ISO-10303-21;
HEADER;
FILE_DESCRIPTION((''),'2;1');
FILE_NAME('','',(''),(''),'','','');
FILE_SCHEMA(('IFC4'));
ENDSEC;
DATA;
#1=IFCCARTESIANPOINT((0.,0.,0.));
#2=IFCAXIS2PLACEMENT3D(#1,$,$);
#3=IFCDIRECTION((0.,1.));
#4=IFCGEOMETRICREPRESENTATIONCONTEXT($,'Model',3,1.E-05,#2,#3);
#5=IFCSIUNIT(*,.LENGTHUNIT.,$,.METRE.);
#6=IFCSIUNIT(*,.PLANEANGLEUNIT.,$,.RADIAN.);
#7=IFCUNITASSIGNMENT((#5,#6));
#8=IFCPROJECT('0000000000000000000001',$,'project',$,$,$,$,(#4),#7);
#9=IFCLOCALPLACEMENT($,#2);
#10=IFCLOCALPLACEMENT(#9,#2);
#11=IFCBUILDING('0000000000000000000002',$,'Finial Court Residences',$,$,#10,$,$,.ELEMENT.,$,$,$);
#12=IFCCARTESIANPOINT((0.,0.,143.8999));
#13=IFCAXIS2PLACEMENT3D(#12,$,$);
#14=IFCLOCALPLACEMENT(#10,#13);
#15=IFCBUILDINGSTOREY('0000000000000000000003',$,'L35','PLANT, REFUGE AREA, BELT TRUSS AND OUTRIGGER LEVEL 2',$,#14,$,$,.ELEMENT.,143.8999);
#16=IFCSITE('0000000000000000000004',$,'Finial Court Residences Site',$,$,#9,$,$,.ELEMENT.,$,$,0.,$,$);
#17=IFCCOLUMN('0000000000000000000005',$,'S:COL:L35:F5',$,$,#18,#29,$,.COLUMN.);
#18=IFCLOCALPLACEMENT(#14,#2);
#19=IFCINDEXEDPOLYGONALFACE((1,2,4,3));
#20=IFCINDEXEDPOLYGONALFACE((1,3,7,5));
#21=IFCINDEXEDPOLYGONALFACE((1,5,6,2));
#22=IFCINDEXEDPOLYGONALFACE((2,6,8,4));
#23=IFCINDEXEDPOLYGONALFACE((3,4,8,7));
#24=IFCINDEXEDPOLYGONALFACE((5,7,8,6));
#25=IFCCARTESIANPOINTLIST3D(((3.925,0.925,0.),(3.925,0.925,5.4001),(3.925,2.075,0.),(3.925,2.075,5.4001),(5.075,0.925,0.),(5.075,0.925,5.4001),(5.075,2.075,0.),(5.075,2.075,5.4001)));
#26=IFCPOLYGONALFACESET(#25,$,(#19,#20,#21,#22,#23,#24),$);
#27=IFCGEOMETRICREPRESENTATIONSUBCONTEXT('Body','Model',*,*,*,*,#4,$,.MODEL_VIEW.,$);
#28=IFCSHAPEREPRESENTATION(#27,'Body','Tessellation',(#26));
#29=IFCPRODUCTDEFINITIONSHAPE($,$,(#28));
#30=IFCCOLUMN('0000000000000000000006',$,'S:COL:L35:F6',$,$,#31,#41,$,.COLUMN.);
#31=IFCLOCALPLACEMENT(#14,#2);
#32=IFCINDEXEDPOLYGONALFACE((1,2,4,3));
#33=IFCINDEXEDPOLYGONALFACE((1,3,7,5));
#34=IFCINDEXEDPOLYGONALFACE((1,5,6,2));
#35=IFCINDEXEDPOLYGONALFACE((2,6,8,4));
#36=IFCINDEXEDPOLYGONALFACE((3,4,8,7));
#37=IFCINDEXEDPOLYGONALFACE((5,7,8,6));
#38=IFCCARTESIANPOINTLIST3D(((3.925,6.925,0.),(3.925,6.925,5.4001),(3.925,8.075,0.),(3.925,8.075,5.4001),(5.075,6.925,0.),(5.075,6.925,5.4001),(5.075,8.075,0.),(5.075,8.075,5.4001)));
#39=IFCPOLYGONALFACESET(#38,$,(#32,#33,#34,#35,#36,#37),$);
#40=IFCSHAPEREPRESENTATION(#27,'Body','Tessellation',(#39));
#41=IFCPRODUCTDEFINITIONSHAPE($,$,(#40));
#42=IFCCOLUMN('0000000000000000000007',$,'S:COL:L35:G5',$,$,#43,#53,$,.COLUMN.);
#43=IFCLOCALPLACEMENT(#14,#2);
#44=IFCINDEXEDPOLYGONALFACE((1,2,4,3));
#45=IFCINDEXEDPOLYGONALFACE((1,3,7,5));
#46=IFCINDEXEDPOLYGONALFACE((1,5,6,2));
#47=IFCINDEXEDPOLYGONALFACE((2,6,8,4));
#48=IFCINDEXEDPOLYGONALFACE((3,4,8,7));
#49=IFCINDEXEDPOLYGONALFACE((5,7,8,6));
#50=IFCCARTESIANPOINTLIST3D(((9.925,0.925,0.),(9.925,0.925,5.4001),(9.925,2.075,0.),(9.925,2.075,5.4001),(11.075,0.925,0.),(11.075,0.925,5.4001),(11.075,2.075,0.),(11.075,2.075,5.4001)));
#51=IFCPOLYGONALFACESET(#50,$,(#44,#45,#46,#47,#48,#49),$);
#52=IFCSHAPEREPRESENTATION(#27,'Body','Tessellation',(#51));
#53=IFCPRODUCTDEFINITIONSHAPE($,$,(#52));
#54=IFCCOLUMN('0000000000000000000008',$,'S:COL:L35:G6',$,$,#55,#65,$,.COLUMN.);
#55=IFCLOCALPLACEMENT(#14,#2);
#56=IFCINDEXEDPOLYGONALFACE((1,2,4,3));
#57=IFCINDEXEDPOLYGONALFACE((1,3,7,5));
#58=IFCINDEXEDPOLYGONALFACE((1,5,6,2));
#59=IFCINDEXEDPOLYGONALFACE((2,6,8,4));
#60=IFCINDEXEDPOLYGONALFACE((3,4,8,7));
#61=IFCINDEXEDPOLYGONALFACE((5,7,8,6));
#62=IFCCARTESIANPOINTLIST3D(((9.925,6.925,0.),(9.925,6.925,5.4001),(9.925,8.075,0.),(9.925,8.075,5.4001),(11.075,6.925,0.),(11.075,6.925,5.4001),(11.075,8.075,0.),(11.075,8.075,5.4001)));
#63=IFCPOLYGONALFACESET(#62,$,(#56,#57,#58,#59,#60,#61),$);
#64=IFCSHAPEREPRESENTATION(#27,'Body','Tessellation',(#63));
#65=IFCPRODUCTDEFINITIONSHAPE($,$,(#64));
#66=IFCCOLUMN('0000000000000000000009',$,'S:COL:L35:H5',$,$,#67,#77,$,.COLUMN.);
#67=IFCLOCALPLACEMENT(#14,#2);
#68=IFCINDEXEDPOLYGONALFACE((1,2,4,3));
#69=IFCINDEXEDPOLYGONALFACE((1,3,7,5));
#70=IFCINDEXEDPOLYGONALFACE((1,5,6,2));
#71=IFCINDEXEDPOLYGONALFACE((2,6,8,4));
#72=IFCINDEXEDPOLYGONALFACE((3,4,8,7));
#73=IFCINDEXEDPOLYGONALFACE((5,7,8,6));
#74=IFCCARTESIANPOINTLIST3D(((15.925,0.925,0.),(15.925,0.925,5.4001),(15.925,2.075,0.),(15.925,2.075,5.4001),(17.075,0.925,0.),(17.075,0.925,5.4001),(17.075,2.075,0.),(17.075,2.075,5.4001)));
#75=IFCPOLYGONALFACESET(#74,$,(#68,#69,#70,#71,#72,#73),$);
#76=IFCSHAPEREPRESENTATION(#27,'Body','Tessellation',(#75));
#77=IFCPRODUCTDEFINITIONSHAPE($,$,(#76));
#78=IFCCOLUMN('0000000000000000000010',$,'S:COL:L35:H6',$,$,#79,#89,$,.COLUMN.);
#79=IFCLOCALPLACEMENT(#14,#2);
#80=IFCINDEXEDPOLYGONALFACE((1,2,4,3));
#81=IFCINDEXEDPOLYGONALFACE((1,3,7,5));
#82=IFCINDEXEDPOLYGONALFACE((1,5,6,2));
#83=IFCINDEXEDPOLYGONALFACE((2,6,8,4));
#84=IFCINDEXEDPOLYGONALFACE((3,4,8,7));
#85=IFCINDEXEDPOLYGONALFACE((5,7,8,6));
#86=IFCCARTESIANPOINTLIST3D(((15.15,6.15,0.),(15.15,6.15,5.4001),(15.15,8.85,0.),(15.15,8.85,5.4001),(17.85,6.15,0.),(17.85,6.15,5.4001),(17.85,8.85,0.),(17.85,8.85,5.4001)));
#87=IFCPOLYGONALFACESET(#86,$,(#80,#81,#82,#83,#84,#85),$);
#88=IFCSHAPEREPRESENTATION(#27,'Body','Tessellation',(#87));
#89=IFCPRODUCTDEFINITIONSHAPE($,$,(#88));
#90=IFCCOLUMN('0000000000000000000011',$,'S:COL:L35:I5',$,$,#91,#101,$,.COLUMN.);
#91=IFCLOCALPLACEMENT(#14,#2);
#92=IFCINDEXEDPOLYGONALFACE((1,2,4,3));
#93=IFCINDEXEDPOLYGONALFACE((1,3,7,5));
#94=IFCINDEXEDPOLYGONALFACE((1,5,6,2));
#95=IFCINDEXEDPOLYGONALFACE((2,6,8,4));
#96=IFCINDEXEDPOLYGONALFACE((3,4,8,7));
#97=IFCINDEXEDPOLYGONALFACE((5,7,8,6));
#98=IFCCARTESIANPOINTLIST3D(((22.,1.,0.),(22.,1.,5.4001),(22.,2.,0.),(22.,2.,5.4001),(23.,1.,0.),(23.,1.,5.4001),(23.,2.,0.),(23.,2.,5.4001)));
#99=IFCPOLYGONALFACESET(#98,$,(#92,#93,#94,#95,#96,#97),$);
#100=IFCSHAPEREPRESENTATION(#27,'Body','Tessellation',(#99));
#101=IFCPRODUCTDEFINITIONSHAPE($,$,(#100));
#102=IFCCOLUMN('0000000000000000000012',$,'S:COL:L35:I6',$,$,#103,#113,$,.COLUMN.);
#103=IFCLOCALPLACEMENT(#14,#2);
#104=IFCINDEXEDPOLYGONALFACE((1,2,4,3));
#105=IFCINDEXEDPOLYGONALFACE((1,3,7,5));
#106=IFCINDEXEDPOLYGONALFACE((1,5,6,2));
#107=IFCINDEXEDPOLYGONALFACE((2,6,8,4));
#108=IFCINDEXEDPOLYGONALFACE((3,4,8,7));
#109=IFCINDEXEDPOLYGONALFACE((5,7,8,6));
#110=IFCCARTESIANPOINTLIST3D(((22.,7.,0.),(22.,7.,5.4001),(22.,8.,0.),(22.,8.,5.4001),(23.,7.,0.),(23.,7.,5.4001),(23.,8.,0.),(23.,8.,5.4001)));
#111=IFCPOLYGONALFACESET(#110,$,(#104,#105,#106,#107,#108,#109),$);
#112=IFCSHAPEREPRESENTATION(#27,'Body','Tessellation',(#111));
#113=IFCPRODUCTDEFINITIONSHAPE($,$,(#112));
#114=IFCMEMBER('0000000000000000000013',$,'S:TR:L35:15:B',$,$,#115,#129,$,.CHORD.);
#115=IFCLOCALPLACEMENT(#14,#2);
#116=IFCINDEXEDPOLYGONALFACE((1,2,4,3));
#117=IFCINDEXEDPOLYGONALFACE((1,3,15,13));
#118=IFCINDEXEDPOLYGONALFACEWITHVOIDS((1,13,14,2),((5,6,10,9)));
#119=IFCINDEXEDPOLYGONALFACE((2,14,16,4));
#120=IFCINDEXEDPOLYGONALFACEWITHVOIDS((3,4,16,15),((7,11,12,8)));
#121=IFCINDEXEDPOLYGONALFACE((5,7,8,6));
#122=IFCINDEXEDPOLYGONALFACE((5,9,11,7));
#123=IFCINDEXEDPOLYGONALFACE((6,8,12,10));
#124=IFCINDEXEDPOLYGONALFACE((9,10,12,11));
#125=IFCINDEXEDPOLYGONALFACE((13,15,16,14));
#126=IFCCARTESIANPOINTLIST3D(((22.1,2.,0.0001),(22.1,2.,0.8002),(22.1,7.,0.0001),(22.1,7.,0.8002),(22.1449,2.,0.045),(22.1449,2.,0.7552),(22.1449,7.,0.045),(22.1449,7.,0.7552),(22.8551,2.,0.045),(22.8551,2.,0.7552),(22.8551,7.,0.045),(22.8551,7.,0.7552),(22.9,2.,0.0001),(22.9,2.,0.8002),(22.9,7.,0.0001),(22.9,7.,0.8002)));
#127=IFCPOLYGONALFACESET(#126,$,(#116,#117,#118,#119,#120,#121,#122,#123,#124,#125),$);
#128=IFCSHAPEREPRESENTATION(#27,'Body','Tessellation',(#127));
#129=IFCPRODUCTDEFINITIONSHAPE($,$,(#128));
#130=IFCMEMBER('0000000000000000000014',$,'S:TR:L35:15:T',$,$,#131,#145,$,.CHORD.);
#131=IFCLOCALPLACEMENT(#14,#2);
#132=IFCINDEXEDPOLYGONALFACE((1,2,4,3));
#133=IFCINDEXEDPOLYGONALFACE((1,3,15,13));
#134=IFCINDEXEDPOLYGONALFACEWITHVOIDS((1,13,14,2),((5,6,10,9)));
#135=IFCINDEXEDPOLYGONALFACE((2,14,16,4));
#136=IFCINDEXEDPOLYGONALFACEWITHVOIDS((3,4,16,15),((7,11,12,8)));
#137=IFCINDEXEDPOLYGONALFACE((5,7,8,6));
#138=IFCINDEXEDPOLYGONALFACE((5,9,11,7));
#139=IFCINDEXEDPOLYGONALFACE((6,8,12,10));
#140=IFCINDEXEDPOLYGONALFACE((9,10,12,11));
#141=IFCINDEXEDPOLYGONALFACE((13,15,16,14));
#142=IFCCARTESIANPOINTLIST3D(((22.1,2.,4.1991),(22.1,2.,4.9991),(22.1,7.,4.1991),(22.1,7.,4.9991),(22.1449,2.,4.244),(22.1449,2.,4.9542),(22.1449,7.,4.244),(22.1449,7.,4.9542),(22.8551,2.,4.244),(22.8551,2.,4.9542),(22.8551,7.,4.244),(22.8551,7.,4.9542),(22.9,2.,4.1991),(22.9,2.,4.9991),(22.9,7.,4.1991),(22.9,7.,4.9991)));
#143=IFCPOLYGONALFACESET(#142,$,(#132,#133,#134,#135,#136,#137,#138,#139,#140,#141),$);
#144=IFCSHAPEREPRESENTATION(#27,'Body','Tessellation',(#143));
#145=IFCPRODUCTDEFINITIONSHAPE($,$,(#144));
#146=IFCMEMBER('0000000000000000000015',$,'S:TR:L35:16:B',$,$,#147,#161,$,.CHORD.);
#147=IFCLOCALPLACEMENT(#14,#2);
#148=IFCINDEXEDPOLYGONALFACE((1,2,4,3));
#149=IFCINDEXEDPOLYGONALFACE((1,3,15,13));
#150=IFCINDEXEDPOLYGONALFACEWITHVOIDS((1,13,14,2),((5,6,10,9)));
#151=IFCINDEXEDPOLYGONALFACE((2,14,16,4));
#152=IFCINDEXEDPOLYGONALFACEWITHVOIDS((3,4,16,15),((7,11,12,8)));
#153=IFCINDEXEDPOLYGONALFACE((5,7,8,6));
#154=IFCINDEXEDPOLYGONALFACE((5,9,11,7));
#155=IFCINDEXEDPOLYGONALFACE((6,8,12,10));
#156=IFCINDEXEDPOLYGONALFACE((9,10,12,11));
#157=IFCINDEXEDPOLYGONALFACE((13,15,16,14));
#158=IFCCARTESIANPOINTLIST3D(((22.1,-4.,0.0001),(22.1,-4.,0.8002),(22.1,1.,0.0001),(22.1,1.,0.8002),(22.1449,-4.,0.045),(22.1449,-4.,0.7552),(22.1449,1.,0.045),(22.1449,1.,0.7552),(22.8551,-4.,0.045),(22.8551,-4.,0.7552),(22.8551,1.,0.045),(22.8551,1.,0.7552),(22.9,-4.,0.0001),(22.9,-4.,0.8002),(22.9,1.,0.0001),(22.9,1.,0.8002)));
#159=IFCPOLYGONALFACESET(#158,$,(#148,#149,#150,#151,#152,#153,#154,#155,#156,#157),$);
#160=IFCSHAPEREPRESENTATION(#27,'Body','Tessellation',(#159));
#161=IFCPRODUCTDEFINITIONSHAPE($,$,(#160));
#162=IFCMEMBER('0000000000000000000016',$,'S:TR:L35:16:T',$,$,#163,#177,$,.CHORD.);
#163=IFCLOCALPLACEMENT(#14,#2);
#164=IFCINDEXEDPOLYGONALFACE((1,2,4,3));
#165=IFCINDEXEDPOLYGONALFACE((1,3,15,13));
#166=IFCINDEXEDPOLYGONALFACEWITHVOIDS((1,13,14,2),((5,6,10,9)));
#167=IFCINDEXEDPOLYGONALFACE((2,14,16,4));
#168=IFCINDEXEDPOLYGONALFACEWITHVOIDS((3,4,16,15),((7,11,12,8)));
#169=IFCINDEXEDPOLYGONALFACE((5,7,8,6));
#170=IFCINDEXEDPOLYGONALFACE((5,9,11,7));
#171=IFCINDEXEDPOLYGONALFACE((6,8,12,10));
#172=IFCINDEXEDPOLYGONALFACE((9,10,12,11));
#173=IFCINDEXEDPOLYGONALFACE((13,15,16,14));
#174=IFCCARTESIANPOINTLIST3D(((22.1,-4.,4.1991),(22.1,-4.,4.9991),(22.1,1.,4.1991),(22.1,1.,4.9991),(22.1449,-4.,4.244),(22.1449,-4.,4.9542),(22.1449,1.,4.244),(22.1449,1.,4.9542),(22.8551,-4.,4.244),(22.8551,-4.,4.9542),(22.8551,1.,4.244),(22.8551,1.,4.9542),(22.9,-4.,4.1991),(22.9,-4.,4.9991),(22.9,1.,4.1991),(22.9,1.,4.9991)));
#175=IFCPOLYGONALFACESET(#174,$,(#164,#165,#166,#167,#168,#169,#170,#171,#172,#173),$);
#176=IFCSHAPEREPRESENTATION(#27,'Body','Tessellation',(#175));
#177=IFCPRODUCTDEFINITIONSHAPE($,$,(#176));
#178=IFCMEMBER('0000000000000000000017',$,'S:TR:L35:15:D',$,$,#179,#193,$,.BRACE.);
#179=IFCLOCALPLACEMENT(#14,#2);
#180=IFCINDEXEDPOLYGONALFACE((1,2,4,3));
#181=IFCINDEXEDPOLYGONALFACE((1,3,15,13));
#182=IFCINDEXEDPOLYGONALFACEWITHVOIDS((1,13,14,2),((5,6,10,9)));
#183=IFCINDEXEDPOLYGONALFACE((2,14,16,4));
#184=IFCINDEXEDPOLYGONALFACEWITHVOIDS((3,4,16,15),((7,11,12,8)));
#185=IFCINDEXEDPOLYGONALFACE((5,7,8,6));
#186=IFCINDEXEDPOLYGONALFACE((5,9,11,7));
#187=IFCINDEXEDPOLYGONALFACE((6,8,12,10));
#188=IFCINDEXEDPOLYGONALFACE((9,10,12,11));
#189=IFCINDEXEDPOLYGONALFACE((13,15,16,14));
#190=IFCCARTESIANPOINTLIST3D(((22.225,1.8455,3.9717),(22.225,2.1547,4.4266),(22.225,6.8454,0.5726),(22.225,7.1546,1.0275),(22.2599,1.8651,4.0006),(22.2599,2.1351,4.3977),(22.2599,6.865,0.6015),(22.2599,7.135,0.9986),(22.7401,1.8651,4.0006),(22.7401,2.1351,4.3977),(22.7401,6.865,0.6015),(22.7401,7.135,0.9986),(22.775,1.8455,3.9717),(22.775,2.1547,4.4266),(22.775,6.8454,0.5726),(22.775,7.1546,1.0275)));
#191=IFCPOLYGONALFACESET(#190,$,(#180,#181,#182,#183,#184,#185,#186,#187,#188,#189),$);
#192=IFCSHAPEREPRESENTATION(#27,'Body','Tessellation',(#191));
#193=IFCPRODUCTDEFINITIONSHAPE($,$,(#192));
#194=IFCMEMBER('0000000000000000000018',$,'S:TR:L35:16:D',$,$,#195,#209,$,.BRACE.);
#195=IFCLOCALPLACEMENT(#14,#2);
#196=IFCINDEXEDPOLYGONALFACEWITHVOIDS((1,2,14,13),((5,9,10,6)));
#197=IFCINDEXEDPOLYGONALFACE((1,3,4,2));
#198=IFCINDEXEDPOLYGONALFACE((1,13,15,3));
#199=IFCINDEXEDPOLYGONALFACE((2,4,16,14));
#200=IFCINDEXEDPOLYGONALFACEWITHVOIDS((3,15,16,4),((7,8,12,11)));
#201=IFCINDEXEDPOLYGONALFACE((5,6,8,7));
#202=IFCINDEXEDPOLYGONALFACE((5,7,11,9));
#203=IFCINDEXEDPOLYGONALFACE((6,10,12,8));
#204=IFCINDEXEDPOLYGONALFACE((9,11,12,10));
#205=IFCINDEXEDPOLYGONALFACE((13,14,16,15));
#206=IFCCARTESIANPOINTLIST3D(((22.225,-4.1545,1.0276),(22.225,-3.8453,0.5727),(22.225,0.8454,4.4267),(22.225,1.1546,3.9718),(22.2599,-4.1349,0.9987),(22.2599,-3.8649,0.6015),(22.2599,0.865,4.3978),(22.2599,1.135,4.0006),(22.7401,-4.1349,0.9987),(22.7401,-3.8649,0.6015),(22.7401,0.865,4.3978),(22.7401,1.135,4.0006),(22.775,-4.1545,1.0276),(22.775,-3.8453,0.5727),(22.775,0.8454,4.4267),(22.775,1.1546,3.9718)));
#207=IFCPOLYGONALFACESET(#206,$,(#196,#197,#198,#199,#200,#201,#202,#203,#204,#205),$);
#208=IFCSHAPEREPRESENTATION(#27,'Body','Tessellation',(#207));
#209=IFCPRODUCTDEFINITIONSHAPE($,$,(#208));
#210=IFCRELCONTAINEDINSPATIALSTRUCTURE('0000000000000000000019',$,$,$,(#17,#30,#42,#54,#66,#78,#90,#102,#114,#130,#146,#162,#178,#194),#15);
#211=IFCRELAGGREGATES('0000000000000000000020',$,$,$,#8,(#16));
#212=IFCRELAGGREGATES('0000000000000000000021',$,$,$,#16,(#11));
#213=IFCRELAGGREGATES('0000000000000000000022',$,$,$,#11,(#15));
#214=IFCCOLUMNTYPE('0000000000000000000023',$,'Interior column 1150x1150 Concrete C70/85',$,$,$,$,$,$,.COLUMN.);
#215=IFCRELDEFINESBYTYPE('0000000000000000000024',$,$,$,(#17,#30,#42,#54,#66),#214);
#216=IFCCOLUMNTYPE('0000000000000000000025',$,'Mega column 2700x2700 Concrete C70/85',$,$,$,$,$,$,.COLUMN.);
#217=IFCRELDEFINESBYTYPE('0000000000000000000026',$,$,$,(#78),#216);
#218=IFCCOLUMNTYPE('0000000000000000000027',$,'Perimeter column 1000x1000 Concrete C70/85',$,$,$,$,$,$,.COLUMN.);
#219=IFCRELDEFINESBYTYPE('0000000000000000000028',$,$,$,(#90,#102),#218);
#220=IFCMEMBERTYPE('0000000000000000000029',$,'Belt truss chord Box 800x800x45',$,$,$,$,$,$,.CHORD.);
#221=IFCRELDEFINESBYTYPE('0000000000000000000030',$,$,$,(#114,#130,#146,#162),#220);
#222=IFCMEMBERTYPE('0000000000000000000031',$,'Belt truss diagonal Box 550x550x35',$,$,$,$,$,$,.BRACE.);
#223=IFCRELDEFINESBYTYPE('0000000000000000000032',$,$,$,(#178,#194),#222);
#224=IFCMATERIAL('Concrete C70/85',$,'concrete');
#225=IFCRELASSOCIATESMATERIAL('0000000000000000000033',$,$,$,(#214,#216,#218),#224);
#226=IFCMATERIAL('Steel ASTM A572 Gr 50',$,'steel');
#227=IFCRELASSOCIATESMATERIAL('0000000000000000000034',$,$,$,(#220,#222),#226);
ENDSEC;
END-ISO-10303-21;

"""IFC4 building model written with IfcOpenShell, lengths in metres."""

from ifc_helpers import new_model, si_unit, direction, frame, origin, origin_2d, place, context, subcontext, project, spatial, rectangle, hollow_rectangle, extrude, material, material_profile, profile_set, type_object, element, save


model = new_model("IFC4")

# Units and contexts
model_context = context("Model", 3, precision=1e-05, world=origin(), true_north=direction((0.0, 1.0)))
body_context = subcontext(model_context, "Body", "Model", "MODEL_VIEW")
ifc_project = project(units=[si_unit("LENGTHUNIT", "METRE"), si_unit("PLANEANGLEUNIT", "RADIAN")], contexts=[model_context])

# Site, building, storey
site_placement = place(None, origin())
site = spatial("IfcSite", under=ifc_project, at=site_placement, Name="Finial Court Residences Site", CompositionType="ELEMENT", RefElevation=0.0)
building_placement = place(site_placement, origin())
building = spatial("IfcBuilding", under=site, at=building_placement, Name="Finial Court Residences", CompositionType="ELEMENT")
storey_placement = place(building_placement, frame((0.0, 0.0, 143.8999)))
storey = spatial("IfcBuildingStorey", under=building, at=storey_placement, Name="L35", Description="PLANT, REFUGE AREA, BELT TRUSS AND OUTRIGGER LEVEL 2", CompositionType="ELEMENT", Elevation=143.8999)

# Columns
ifc_material_1 = material(Name="Concrete C70/85", Category="concrete")
ifc_material_profile_1 = material_profile(ifc_material_1, rectangle(XDim=1.1499, YDim=1.1499, at=origin_2d()), Name="1150x1150")
ifc_profile_set_1 = profile_set([ifc_material_profile_1], Name="Concrete C70/85")
column_type_1 = type_object("IfcColumnType", Name="Interior column 1150x1150 Concrete C70/85", PredefinedType="COLUMN", material=ifc_profile_set_1)
for number, where, z_axis, x_axis, name in (
    (1, (4.5, 1.5, 0.0), (0.0, 0.0, 1.0), (1.0, 0.0, 0.0), "S:COL:L35:F5"),
    (2, (4.5, 7.5, 0.0), (0.0, 0.0, 1.0), (1.0, 0.0, 0.0), "S:COL:L35:F6"),
    (3, (10.5, 1.5, 0.0), (0.0, 0.0, 1.0), (1.0, 0.0, 0.0), "S:COL:L35:G5"),
    (4, (10.5, 7.5, 0.0), (0.0, 0.0, 1.0), (1.0, 0.0, 0.0), "S:COL:L35:G6"),
    (5, (16.5, 1.5, 0.0), (0.0, 0.0, 1.0), (1.0, 0.0, 0.0), "S:COL:L35:H5"),
):
    element("IfcColumn", number, at=place(storey_placement, frame(where, z_axis=z_axis, x_axis=x_axis)), inside=storey, type_object=column_type_1, Name=name, PredefinedType="COLUMN", context=body_context, shape_type="SweptSolid", body=[
        extrude(rectangle(XDim=1.1499, YDim=1.1499, at=origin_2d()), origin(), (0.0, 0.0, 1.0), 5.4001),
    ])
ifc_material_profile_2 = material_profile(ifc_material_1, rectangle(XDim=2.7, YDim=2.7, at=origin_2d()), Name="2700x2700")
ifc_profile_set_2 = profile_set([ifc_material_profile_2], Name="Concrete C70/85")
column_type_2 = type_object("IfcColumnType", Name="Mega column 2700x2700 Concrete C70/85", PredefinedType="COLUMN", material=ifc_profile_set_2)
column_placement = place(storey_placement, frame((16.5, 7.5, 0.0), z_axis=(0.0, 0.0, 1.0), x_axis=(1.0, 0.0, 0.0)))
element("IfcColumn", 6, at=column_placement, inside=storey, type_object=column_type_2, Name="S:COL:L35:H6", PredefinedType="COLUMN", context=body_context, shape_type="SweptSolid", body=[
    extrude(rectangle(XDim=2.7, YDim=2.7, at=origin_2d()), origin(), (0.0, 0.0, 1.0), 5.4001),
])
ifc_material_profile_3 = material_profile(ifc_material_1, rectangle(XDim=1.0, YDim=1.0, at=origin_2d()), Name="1000x1000")
ifc_profile_set_3 = profile_set([ifc_material_profile_3], Name="Concrete C70/85")
column_type_3 = type_object("IfcColumnType", Name="Perimeter column 1000x1000 Concrete C70/85", PredefinedType="COLUMN", material=ifc_profile_set_3)
for number, where, z_axis, x_axis, name in (
    (7, (22.5, 1.5, 0.0), (0.0, 0.0, 1.0), (1.0, 0.0, 0.0), "S:COL:L35:I5"),
    (8, (22.5, 7.5, 0.0), (0.0, 0.0, 1.0), (1.0, 0.0, 0.0), "S:COL:L35:I6"),
):
    element("IfcColumn", number, at=place(storey_placement, frame(where, z_axis=z_axis, x_axis=x_axis)), inside=storey, type_object=column_type_3, Name=name, PredefinedType="COLUMN", context=body_context, shape_type="SweptSolid", body=[
        extrude(rectangle(XDim=1.0, YDim=1.0, at=origin_2d()), origin(), (0.0, 0.0, 1.0), 5.4001),
    ])

# Members
ifc_material_2 = material(Name="Steel ASTM A572 Gr 50", Category="steel")
ifc_material_profile_4 = material_profile(ifc_material_2, hollow_rectangle(XDim=0.8, YDim=0.8, WallThickness=0.0449, at=origin_2d()), Name="Box 800x800x45")
ifc_profile_set_4 = profile_set([ifc_material_profile_4], Name="Steel ASTM A572 Gr 50")
member_type_1 = type_object("IfcMemberType", Name="Belt truss chord Box 800x800x45", PredefinedType="CHORD", material=ifc_profile_set_4)
for number, where, z_axis, x_axis, name in (
    (9, (22.5, 7.0, 0.4001), (0.0, -1.0, 0.0), (1.0, 0.0, 0.0), "S:TR:L35:15:B"),
    (10, (22.5, 7.0, 4.5991), (0.0, -1.0, 0.0), (1.0, 0.0, 0.0), "S:TR:L35:15:T"),
    (11, (22.5, 1.0, 0.4001), (0.0, -1.0, 0.0), (1.0, 0.0, 0.0), "S:TR:L35:16:B"),
    (12, (22.5, 1.0, 4.5991), (0.0, -1.0, 0.0), (1.0, 0.0, 0.0), "S:TR:L35:16:T"),
):
    element("IfcMember", number, at=place(storey_placement, frame(where, z_axis=z_axis, x_axis=x_axis)), inside=storey, type_object=member_type_1, Name=name, PredefinedType="CHORD", context=body_context, shape_type="SweptSolid", body=[
        extrude(hollow_rectangle(XDim=0.8, YDim=0.8, WallThickness=0.0449, at=origin_2d()), origin(), (0.0, 0.0, 1.0), 5.0),
    ])
ifc_material_profile_5 = material_profile(ifc_material_2, hollow_rectangle(XDim=0.55, YDim=0.55, WallThickness=0.0349, at=origin_2d()), Name="Box 550x550x35")
ifc_profile_set_5 = profile_set([ifc_material_profile_5], Name="Steel ASTM A572 Gr 50")
member_type_2 = type_object("IfcMemberType", Name="Belt truss diagonal Box 550x550x35", PredefinedType="BRACE", material=ifc_profile_set_5)
for number, where, z_axis, x_axis, name in (
    (13, (22.5, 7.0, 0.8), (0.0, -0.82699, 0.562216), (1.0, 0.0, 0.0), "S:TR:L35:15:D"),
    (14, (22.5, 1.0, 4.1992), (0.0, -0.82699, -0.562216), (1.0, 0.0, 0.0), "S:TR:L35:16:D"),
):
    element("IfcMember", number, at=place(storey_placement, frame(where, z_axis=z_axis, x_axis=x_axis)), inside=storey, type_object=member_type_2, Name=name, PredefinedType="BRACE", context=body_context, shape_type="SweptSolid", body=[
        extrude(hollow_rectangle(XDim=0.55, YDim=0.55, WallThickness=0.0349, at=origin_2d()), origin(), (0.0, 0.0, 1.0), 6.0459),
    ])

save(model, "model.ifc")
